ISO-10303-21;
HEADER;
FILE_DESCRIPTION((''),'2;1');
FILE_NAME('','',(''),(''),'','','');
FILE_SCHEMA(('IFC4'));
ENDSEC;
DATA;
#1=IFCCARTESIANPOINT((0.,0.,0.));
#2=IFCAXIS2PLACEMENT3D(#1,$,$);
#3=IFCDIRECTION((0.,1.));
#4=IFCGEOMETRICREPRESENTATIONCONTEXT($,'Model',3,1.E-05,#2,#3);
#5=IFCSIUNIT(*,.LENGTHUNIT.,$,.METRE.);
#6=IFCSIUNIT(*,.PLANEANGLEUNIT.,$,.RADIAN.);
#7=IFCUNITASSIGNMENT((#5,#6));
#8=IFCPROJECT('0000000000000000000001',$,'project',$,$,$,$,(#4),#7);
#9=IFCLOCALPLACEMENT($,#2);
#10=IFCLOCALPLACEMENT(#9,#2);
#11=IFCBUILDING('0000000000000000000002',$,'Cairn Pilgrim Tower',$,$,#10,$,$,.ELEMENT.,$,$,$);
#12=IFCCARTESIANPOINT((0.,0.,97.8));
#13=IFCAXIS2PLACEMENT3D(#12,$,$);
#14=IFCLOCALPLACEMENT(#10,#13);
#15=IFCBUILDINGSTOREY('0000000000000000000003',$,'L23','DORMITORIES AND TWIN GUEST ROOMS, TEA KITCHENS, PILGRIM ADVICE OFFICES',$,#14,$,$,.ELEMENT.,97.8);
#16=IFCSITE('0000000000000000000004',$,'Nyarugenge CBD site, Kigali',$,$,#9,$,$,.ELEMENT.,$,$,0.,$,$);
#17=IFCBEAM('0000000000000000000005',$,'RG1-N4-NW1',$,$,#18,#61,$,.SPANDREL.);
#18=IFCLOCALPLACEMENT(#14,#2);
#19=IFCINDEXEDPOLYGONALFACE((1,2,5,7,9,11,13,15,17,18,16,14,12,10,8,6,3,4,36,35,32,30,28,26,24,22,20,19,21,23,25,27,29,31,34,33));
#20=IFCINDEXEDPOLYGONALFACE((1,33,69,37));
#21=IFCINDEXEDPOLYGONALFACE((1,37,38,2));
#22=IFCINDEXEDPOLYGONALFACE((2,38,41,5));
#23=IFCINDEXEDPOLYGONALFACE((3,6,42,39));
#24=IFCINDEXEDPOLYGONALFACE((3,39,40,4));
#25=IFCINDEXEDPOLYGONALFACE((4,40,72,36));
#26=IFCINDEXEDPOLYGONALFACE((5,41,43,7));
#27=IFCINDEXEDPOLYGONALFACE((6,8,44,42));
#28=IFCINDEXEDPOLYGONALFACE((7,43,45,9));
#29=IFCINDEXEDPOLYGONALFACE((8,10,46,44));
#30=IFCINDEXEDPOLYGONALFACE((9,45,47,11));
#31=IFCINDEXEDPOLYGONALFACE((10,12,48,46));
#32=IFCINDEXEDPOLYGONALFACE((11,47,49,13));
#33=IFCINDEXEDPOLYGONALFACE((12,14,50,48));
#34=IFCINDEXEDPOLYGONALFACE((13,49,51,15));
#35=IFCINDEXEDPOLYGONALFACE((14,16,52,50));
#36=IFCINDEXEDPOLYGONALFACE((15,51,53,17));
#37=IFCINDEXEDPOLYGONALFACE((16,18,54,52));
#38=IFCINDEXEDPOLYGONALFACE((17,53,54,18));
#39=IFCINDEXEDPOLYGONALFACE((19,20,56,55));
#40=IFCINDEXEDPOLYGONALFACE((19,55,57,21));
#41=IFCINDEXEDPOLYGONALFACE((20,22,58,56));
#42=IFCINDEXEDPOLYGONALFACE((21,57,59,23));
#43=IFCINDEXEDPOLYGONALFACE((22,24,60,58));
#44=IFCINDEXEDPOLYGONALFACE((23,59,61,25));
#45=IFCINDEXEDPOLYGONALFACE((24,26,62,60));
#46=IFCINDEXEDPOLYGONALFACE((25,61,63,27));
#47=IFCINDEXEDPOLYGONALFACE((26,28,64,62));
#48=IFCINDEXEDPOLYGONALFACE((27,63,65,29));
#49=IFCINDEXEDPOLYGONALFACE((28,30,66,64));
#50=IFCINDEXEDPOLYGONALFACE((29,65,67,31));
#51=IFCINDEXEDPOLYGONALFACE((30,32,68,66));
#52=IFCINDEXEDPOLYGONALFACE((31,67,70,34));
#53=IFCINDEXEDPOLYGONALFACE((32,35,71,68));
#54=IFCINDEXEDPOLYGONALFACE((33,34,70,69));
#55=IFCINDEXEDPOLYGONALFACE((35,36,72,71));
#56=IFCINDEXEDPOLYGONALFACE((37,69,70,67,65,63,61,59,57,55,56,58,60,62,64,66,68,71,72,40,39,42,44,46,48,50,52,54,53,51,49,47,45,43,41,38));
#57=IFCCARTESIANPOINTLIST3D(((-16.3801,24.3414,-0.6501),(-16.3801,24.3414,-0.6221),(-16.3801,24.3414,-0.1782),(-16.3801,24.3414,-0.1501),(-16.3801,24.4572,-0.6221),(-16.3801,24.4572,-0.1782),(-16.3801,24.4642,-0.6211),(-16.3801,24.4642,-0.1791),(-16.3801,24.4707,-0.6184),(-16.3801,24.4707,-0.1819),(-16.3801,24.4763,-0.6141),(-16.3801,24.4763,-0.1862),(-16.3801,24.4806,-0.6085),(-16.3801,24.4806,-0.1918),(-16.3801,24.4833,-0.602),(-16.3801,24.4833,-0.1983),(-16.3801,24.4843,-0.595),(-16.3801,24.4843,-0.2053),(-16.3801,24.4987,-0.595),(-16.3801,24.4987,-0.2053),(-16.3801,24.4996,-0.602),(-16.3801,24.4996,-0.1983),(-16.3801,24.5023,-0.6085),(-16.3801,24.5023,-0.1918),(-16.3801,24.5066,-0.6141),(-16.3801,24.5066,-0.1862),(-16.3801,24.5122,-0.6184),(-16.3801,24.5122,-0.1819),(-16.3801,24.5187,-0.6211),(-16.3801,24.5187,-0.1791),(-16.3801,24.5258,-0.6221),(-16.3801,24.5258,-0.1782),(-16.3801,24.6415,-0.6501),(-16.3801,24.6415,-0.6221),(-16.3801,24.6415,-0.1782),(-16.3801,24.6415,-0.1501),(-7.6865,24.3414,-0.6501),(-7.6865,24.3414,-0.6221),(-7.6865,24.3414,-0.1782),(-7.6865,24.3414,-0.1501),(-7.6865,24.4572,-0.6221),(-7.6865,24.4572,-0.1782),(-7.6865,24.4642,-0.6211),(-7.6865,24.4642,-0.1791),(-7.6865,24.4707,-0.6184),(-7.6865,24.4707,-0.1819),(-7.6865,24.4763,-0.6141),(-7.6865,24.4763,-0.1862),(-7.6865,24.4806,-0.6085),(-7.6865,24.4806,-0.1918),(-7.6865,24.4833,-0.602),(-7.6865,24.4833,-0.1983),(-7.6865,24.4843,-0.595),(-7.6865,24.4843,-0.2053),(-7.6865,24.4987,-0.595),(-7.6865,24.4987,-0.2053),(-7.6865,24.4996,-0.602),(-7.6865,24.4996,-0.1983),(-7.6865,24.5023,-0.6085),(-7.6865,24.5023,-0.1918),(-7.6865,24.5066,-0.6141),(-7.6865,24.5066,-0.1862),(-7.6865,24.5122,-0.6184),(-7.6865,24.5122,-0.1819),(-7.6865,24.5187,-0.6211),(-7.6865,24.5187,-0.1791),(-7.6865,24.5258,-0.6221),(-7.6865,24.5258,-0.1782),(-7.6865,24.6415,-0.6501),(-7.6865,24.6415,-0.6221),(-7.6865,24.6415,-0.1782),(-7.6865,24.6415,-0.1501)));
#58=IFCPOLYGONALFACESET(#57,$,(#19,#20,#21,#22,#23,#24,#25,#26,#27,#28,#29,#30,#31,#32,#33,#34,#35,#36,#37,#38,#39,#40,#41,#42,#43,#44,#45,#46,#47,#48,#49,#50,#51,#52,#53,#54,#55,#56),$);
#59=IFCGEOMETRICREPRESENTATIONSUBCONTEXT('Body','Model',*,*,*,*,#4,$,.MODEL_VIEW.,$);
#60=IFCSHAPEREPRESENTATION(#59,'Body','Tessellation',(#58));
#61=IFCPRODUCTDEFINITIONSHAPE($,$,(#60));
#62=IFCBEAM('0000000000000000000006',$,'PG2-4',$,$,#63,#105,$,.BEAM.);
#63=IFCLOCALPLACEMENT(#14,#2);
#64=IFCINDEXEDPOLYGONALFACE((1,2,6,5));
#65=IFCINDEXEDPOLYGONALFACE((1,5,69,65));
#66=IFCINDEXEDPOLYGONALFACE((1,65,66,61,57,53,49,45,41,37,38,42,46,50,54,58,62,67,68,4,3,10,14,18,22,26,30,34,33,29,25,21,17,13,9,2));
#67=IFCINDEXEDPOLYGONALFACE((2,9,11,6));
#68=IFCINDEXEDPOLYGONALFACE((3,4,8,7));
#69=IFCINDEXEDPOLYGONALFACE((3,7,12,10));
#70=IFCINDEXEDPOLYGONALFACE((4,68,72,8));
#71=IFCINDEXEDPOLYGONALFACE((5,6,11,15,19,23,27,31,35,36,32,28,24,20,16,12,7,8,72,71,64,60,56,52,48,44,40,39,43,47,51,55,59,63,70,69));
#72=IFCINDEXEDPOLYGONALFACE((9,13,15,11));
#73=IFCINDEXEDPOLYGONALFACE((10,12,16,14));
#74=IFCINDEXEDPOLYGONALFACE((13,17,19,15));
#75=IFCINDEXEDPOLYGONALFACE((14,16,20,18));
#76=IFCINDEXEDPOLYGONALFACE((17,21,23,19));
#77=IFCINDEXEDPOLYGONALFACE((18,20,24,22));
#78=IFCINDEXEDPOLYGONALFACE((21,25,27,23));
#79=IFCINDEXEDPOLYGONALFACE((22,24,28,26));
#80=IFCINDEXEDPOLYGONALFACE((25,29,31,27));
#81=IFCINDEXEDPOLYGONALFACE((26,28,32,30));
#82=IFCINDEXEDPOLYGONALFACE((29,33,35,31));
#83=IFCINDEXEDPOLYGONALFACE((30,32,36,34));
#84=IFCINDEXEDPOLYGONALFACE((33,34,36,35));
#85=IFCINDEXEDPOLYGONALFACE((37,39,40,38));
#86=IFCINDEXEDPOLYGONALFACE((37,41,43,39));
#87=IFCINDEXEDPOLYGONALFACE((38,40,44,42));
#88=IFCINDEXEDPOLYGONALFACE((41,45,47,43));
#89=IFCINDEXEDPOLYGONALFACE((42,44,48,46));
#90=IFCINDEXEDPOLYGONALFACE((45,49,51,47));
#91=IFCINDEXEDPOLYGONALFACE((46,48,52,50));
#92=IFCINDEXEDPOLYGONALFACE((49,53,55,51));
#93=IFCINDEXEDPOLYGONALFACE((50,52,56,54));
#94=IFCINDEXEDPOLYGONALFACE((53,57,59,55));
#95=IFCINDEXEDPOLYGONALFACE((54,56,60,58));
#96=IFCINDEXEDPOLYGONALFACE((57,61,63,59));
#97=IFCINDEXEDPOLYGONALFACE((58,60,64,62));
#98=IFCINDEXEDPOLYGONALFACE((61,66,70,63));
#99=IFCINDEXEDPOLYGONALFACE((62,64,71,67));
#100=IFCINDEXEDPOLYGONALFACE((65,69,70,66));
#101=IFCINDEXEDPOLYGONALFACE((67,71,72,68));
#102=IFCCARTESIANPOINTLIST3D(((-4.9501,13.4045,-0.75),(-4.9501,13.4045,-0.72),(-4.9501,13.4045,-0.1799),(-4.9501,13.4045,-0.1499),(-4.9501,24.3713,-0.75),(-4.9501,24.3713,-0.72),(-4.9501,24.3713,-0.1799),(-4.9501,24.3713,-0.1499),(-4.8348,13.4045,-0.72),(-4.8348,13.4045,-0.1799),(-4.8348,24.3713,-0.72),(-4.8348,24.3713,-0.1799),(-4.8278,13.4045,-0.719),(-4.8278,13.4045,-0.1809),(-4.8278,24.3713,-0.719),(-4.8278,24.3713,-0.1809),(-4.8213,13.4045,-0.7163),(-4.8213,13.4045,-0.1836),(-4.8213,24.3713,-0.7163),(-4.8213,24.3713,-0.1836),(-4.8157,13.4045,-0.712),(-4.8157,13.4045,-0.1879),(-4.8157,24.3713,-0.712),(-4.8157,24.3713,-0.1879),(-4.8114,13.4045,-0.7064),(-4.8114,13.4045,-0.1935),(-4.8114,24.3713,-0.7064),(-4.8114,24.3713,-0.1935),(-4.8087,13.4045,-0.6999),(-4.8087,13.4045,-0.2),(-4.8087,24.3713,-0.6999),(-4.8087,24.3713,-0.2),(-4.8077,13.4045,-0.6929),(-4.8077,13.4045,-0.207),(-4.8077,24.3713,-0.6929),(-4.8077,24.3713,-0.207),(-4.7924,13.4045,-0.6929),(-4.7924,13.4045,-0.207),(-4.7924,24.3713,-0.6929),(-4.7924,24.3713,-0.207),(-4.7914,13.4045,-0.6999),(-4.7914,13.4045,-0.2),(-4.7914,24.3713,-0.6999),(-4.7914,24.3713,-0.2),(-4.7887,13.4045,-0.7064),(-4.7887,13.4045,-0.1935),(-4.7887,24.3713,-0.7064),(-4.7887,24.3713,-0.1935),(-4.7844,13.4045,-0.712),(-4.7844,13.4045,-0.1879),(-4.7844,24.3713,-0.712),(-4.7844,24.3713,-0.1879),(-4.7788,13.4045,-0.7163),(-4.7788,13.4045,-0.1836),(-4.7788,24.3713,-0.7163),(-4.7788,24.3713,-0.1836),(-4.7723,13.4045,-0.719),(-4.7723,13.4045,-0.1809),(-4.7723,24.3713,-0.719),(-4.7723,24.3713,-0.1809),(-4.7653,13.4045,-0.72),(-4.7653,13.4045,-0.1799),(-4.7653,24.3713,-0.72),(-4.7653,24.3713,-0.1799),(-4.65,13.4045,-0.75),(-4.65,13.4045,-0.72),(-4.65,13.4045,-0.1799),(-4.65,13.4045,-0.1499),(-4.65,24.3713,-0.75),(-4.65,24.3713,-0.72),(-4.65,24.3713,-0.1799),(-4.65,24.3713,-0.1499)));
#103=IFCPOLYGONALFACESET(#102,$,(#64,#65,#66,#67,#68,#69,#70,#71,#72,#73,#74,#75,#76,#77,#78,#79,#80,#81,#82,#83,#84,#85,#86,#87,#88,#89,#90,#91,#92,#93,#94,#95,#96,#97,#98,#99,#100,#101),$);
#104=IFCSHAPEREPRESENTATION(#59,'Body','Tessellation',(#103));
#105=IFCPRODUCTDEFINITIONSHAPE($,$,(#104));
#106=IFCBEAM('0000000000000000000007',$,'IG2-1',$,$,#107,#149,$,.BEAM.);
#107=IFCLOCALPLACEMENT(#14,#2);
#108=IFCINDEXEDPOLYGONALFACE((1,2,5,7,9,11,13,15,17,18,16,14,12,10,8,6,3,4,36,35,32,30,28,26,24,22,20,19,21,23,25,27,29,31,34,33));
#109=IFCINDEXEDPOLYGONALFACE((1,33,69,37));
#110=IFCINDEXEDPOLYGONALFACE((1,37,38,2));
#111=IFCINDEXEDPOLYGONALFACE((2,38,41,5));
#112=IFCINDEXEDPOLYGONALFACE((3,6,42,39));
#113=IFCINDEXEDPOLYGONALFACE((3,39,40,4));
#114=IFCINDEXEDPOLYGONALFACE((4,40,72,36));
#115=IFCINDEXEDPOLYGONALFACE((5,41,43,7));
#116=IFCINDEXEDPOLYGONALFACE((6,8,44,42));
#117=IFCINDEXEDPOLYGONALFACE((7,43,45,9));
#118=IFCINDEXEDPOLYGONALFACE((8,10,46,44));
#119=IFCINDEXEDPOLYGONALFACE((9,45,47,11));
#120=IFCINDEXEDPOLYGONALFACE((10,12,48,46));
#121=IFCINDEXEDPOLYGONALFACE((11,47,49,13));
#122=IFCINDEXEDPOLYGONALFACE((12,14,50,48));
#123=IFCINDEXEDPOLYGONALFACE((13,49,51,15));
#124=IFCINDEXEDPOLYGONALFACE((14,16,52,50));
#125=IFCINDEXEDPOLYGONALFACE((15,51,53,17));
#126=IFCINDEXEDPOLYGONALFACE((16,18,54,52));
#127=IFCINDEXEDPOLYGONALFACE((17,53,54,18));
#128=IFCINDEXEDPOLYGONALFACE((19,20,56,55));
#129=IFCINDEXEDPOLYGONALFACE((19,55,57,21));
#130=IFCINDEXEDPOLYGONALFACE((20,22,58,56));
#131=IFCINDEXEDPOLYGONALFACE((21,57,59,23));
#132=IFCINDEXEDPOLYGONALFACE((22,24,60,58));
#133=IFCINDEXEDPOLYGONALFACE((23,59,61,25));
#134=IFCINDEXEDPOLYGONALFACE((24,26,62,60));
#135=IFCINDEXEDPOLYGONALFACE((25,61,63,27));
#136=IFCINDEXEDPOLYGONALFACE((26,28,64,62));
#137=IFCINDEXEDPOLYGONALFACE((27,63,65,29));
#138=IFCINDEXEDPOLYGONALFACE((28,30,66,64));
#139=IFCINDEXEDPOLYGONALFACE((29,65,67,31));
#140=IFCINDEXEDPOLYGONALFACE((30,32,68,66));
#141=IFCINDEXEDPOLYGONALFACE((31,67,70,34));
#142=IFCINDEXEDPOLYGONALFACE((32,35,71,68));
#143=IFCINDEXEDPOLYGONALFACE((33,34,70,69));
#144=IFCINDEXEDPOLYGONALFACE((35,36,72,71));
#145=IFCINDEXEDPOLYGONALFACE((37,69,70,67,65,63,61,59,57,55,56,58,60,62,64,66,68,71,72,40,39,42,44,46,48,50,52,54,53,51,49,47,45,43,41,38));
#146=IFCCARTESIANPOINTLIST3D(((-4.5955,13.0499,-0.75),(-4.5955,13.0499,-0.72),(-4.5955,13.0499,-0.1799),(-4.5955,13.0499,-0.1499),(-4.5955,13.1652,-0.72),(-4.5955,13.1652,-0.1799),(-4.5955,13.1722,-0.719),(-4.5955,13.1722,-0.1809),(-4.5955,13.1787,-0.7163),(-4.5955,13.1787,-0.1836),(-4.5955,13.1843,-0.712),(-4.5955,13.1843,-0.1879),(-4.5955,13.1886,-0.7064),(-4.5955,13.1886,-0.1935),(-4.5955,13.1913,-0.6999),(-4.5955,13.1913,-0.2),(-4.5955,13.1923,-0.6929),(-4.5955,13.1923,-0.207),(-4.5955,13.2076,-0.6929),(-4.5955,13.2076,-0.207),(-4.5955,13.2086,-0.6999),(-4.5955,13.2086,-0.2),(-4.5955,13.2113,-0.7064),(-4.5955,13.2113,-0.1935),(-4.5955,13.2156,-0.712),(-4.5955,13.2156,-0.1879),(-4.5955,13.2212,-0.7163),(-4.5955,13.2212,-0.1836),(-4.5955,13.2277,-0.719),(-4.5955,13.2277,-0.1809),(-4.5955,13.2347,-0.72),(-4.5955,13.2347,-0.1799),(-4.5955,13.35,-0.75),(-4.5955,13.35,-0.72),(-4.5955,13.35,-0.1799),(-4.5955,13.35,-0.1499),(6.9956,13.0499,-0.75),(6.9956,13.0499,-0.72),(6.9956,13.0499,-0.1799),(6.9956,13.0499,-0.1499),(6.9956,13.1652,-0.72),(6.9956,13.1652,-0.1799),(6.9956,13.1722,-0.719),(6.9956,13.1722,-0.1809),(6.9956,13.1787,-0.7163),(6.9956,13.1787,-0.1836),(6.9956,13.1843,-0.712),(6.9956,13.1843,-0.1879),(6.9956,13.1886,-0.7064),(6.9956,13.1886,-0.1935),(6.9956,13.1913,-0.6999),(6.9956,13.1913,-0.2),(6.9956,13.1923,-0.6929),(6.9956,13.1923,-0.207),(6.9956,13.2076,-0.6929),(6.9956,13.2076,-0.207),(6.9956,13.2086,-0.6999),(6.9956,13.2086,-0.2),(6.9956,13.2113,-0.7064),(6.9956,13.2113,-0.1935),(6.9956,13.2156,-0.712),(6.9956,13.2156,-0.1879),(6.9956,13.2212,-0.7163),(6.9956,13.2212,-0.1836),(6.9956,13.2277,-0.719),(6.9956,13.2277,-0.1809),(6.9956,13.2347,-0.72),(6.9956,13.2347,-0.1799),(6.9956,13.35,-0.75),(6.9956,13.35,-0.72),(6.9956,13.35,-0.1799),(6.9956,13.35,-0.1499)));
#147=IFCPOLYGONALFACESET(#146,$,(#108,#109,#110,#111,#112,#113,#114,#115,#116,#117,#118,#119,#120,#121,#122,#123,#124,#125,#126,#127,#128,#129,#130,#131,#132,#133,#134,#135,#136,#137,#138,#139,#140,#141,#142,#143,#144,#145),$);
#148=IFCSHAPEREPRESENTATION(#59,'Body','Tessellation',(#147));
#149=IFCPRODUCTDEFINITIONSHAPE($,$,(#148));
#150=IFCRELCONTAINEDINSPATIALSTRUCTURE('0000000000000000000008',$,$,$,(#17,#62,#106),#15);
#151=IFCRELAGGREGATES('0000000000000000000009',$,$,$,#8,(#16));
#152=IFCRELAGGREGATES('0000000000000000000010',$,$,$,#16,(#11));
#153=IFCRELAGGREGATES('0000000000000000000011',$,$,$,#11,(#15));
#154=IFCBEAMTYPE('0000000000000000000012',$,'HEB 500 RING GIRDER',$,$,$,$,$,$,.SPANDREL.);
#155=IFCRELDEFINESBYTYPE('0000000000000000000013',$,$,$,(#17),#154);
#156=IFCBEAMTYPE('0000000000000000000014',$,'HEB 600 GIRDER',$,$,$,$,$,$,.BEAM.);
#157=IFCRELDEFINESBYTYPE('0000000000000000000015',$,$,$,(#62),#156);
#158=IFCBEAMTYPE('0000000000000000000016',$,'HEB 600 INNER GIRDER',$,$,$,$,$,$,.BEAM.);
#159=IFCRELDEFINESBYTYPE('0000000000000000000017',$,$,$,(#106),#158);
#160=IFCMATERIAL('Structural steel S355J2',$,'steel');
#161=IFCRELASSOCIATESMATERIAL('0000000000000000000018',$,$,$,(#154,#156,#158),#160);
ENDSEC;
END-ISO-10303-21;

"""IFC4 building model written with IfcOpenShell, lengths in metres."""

from ifc_helpers import new_model, si_unit, direction, frame, origin, origin_2d, place, context, subcontext, project, spatial, i_section, extrude, material, material_profile, profile_set, type_object, element, save


model = new_model("IFC4")

# Units and contexts
model_context = context("Model", 3, precision=1e-05, world=origin(), true_north=direction((0.0, 1.0)))
body_context = subcontext(model_context, "Body", "Model", "MODEL_VIEW")
ifc_project = project(units=[si_unit("LENGTHUNIT", "METRE"), si_unit("PLANEANGLEUNIT", "RADIAN")], contexts=[model_context])

# Site, building, storey
site_placement = place(None, origin())
site = spatial("IfcSite", under=ifc_project, at=site_placement, Name="Nyarugenge CBD site, Kigali", CompositionType="ELEMENT", RefElevation=0.0)
building_placement = place(site_placement, origin())
building = spatial("IfcBuilding", under=site, at=building_placement, Name="Cairn Pilgrim Tower", CompositionType="ELEMENT")
storey_placement = place(building_placement, frame((0.0, 0.0, 97.8)))
storey = spatial("IfcBuildingStorey", under=building, at=storey_placement, Name="L23", Description="DORMITORIES AND TWIN GUEST ROOMS, TEA KITCHENS, PILGRIM ADVICE OFFICES", CompositionType="ELEMENT", Elevation=97.8)

# Beams
ifc_material_1 = material(Name="Structural steel S355J2", Category="steel")
ifc_material_profile_1 = material_profile(ifc_material_1, i_section(OverallWidth=0.3, OverallDepth=0.5, WebThickness=0.0144, FlangeThickness=0.0281, FilletRadius=0.0271, at=origin_2d()), Name="HEB 500")
ifc_profile_set_1 = profile_set([ifc_material_profile_1], Name="Structural steel S355J2")
beam_type_1 = type_object("IfcBeamType", Name="HEB 500 RING GIRDER", PredefinedType="SPANDREL", material=ifc_profile_set_1)
for number, where, z_axis, x_axis, name in (
    (1, (-7.6865, 24.4915, -0.4001), (-1.0, 0.0, 0.0), (0.0, -1.0, 0.0), "RG1-N4-NW1"),
):
    element("IfcBeam", number, at=place(storey_placement, frame(where, z_axis=z_axis, x_axis=x_axis)), inside=storey, type_object=beam_type_1, Name=name, PredefinedType="SPANDREL", context=body_context, shape_type="SweptSolid", body=[
        extrude(i_section(OverallWidth=0.3, OverallDepth=0.5, WebThickness=0.0144, FlangeThickness=0.0281, FilletRadius=0.0271, at=origin_2d()), origin(), (0.0, 0.0, 1.0), 8.6936),
    ])
ifc_material_profile_2 = material_profile(ifc_material_1, i_section(OverallWidth=0.3, OverallDepth=0.6001, WebThickness=0.0154, FlangeThickness=0.03, FilletRadius=0.0271, at=origin_2d()), Name="HEB 600")
ifc_profile_set_2 = profile_set([ifc_material_profile_2], Name="Structural steel S355J2")
beam_type_2 = type_object("IfcBeamType", Name="HEB 600 GIRDER", PredefinedType="BEAM", material=ifc_profile_set_2)
beam_1_placement = place(storey_placement, frame((-4.8, 13.4045, -0.45), z_axis=(0.0, 1.0, 0.0), x_axis=(-1.0, 0.0, 0.0)))
element("IfcBeam", 2, at=beam_1_placement, inside=storey, type_object=beam_type_2, Name="PG2-4", PredefinedType="BEAM", context=body_context, shape_type="SweptSolid", body=[
    extrude(i_section(OverallWidth=0.3, OverallDepth=0.6001, WebThickness=0.0154, FlangeThickness=0.03, FilletRadius=0.0271, at=origin_2d()), origin(), (0.0, 0.0, 1.0), 10.9668),
])
ifc_material_profile_3 = material_profile(ifc_material_1, i_section(OverallWidth=0.3, OverallDepth=0.6001, WebThickness=0.0154, FlangeThickness=0.03, FilletRadius=0.0271, at=origin_2d()), Name="HEB 600")
ifc_profile_set_3 = profile_set([ifc_material_profile_3], Name="Structural steel S355J2")
beam_type_3 = type_object("IfcBeamType", Name="HEB 600 INNER GIRDER", PredefinedType="BEAM", material=ifc_profile_set_3)
beam_2_placement = place(storey_placement, frame((-4.5955, 13.2, -0.45), z_axis=(1.0, 0.0, 0.0), x_axis=(0.0, 1.0, 0.0)))
element("IfcBeam", 3, at=beam_2_placement, inside=storey, type_object=beam_type_3, Name="IG2-1", PredefinedType="BEAM", context=body_context, shape_type="SweptSolid", body=[
    extrude(i_section(OverallWidth=0.3, OverallDepth=0.6001, WebThickness=0.0154, FlangeThickness=0.03, FilletRadius=0.0271, at=origin_2d()), origin(), (0.0, 0.0, 1.0), 11.5911),
])

save(model, "model.ifc")
